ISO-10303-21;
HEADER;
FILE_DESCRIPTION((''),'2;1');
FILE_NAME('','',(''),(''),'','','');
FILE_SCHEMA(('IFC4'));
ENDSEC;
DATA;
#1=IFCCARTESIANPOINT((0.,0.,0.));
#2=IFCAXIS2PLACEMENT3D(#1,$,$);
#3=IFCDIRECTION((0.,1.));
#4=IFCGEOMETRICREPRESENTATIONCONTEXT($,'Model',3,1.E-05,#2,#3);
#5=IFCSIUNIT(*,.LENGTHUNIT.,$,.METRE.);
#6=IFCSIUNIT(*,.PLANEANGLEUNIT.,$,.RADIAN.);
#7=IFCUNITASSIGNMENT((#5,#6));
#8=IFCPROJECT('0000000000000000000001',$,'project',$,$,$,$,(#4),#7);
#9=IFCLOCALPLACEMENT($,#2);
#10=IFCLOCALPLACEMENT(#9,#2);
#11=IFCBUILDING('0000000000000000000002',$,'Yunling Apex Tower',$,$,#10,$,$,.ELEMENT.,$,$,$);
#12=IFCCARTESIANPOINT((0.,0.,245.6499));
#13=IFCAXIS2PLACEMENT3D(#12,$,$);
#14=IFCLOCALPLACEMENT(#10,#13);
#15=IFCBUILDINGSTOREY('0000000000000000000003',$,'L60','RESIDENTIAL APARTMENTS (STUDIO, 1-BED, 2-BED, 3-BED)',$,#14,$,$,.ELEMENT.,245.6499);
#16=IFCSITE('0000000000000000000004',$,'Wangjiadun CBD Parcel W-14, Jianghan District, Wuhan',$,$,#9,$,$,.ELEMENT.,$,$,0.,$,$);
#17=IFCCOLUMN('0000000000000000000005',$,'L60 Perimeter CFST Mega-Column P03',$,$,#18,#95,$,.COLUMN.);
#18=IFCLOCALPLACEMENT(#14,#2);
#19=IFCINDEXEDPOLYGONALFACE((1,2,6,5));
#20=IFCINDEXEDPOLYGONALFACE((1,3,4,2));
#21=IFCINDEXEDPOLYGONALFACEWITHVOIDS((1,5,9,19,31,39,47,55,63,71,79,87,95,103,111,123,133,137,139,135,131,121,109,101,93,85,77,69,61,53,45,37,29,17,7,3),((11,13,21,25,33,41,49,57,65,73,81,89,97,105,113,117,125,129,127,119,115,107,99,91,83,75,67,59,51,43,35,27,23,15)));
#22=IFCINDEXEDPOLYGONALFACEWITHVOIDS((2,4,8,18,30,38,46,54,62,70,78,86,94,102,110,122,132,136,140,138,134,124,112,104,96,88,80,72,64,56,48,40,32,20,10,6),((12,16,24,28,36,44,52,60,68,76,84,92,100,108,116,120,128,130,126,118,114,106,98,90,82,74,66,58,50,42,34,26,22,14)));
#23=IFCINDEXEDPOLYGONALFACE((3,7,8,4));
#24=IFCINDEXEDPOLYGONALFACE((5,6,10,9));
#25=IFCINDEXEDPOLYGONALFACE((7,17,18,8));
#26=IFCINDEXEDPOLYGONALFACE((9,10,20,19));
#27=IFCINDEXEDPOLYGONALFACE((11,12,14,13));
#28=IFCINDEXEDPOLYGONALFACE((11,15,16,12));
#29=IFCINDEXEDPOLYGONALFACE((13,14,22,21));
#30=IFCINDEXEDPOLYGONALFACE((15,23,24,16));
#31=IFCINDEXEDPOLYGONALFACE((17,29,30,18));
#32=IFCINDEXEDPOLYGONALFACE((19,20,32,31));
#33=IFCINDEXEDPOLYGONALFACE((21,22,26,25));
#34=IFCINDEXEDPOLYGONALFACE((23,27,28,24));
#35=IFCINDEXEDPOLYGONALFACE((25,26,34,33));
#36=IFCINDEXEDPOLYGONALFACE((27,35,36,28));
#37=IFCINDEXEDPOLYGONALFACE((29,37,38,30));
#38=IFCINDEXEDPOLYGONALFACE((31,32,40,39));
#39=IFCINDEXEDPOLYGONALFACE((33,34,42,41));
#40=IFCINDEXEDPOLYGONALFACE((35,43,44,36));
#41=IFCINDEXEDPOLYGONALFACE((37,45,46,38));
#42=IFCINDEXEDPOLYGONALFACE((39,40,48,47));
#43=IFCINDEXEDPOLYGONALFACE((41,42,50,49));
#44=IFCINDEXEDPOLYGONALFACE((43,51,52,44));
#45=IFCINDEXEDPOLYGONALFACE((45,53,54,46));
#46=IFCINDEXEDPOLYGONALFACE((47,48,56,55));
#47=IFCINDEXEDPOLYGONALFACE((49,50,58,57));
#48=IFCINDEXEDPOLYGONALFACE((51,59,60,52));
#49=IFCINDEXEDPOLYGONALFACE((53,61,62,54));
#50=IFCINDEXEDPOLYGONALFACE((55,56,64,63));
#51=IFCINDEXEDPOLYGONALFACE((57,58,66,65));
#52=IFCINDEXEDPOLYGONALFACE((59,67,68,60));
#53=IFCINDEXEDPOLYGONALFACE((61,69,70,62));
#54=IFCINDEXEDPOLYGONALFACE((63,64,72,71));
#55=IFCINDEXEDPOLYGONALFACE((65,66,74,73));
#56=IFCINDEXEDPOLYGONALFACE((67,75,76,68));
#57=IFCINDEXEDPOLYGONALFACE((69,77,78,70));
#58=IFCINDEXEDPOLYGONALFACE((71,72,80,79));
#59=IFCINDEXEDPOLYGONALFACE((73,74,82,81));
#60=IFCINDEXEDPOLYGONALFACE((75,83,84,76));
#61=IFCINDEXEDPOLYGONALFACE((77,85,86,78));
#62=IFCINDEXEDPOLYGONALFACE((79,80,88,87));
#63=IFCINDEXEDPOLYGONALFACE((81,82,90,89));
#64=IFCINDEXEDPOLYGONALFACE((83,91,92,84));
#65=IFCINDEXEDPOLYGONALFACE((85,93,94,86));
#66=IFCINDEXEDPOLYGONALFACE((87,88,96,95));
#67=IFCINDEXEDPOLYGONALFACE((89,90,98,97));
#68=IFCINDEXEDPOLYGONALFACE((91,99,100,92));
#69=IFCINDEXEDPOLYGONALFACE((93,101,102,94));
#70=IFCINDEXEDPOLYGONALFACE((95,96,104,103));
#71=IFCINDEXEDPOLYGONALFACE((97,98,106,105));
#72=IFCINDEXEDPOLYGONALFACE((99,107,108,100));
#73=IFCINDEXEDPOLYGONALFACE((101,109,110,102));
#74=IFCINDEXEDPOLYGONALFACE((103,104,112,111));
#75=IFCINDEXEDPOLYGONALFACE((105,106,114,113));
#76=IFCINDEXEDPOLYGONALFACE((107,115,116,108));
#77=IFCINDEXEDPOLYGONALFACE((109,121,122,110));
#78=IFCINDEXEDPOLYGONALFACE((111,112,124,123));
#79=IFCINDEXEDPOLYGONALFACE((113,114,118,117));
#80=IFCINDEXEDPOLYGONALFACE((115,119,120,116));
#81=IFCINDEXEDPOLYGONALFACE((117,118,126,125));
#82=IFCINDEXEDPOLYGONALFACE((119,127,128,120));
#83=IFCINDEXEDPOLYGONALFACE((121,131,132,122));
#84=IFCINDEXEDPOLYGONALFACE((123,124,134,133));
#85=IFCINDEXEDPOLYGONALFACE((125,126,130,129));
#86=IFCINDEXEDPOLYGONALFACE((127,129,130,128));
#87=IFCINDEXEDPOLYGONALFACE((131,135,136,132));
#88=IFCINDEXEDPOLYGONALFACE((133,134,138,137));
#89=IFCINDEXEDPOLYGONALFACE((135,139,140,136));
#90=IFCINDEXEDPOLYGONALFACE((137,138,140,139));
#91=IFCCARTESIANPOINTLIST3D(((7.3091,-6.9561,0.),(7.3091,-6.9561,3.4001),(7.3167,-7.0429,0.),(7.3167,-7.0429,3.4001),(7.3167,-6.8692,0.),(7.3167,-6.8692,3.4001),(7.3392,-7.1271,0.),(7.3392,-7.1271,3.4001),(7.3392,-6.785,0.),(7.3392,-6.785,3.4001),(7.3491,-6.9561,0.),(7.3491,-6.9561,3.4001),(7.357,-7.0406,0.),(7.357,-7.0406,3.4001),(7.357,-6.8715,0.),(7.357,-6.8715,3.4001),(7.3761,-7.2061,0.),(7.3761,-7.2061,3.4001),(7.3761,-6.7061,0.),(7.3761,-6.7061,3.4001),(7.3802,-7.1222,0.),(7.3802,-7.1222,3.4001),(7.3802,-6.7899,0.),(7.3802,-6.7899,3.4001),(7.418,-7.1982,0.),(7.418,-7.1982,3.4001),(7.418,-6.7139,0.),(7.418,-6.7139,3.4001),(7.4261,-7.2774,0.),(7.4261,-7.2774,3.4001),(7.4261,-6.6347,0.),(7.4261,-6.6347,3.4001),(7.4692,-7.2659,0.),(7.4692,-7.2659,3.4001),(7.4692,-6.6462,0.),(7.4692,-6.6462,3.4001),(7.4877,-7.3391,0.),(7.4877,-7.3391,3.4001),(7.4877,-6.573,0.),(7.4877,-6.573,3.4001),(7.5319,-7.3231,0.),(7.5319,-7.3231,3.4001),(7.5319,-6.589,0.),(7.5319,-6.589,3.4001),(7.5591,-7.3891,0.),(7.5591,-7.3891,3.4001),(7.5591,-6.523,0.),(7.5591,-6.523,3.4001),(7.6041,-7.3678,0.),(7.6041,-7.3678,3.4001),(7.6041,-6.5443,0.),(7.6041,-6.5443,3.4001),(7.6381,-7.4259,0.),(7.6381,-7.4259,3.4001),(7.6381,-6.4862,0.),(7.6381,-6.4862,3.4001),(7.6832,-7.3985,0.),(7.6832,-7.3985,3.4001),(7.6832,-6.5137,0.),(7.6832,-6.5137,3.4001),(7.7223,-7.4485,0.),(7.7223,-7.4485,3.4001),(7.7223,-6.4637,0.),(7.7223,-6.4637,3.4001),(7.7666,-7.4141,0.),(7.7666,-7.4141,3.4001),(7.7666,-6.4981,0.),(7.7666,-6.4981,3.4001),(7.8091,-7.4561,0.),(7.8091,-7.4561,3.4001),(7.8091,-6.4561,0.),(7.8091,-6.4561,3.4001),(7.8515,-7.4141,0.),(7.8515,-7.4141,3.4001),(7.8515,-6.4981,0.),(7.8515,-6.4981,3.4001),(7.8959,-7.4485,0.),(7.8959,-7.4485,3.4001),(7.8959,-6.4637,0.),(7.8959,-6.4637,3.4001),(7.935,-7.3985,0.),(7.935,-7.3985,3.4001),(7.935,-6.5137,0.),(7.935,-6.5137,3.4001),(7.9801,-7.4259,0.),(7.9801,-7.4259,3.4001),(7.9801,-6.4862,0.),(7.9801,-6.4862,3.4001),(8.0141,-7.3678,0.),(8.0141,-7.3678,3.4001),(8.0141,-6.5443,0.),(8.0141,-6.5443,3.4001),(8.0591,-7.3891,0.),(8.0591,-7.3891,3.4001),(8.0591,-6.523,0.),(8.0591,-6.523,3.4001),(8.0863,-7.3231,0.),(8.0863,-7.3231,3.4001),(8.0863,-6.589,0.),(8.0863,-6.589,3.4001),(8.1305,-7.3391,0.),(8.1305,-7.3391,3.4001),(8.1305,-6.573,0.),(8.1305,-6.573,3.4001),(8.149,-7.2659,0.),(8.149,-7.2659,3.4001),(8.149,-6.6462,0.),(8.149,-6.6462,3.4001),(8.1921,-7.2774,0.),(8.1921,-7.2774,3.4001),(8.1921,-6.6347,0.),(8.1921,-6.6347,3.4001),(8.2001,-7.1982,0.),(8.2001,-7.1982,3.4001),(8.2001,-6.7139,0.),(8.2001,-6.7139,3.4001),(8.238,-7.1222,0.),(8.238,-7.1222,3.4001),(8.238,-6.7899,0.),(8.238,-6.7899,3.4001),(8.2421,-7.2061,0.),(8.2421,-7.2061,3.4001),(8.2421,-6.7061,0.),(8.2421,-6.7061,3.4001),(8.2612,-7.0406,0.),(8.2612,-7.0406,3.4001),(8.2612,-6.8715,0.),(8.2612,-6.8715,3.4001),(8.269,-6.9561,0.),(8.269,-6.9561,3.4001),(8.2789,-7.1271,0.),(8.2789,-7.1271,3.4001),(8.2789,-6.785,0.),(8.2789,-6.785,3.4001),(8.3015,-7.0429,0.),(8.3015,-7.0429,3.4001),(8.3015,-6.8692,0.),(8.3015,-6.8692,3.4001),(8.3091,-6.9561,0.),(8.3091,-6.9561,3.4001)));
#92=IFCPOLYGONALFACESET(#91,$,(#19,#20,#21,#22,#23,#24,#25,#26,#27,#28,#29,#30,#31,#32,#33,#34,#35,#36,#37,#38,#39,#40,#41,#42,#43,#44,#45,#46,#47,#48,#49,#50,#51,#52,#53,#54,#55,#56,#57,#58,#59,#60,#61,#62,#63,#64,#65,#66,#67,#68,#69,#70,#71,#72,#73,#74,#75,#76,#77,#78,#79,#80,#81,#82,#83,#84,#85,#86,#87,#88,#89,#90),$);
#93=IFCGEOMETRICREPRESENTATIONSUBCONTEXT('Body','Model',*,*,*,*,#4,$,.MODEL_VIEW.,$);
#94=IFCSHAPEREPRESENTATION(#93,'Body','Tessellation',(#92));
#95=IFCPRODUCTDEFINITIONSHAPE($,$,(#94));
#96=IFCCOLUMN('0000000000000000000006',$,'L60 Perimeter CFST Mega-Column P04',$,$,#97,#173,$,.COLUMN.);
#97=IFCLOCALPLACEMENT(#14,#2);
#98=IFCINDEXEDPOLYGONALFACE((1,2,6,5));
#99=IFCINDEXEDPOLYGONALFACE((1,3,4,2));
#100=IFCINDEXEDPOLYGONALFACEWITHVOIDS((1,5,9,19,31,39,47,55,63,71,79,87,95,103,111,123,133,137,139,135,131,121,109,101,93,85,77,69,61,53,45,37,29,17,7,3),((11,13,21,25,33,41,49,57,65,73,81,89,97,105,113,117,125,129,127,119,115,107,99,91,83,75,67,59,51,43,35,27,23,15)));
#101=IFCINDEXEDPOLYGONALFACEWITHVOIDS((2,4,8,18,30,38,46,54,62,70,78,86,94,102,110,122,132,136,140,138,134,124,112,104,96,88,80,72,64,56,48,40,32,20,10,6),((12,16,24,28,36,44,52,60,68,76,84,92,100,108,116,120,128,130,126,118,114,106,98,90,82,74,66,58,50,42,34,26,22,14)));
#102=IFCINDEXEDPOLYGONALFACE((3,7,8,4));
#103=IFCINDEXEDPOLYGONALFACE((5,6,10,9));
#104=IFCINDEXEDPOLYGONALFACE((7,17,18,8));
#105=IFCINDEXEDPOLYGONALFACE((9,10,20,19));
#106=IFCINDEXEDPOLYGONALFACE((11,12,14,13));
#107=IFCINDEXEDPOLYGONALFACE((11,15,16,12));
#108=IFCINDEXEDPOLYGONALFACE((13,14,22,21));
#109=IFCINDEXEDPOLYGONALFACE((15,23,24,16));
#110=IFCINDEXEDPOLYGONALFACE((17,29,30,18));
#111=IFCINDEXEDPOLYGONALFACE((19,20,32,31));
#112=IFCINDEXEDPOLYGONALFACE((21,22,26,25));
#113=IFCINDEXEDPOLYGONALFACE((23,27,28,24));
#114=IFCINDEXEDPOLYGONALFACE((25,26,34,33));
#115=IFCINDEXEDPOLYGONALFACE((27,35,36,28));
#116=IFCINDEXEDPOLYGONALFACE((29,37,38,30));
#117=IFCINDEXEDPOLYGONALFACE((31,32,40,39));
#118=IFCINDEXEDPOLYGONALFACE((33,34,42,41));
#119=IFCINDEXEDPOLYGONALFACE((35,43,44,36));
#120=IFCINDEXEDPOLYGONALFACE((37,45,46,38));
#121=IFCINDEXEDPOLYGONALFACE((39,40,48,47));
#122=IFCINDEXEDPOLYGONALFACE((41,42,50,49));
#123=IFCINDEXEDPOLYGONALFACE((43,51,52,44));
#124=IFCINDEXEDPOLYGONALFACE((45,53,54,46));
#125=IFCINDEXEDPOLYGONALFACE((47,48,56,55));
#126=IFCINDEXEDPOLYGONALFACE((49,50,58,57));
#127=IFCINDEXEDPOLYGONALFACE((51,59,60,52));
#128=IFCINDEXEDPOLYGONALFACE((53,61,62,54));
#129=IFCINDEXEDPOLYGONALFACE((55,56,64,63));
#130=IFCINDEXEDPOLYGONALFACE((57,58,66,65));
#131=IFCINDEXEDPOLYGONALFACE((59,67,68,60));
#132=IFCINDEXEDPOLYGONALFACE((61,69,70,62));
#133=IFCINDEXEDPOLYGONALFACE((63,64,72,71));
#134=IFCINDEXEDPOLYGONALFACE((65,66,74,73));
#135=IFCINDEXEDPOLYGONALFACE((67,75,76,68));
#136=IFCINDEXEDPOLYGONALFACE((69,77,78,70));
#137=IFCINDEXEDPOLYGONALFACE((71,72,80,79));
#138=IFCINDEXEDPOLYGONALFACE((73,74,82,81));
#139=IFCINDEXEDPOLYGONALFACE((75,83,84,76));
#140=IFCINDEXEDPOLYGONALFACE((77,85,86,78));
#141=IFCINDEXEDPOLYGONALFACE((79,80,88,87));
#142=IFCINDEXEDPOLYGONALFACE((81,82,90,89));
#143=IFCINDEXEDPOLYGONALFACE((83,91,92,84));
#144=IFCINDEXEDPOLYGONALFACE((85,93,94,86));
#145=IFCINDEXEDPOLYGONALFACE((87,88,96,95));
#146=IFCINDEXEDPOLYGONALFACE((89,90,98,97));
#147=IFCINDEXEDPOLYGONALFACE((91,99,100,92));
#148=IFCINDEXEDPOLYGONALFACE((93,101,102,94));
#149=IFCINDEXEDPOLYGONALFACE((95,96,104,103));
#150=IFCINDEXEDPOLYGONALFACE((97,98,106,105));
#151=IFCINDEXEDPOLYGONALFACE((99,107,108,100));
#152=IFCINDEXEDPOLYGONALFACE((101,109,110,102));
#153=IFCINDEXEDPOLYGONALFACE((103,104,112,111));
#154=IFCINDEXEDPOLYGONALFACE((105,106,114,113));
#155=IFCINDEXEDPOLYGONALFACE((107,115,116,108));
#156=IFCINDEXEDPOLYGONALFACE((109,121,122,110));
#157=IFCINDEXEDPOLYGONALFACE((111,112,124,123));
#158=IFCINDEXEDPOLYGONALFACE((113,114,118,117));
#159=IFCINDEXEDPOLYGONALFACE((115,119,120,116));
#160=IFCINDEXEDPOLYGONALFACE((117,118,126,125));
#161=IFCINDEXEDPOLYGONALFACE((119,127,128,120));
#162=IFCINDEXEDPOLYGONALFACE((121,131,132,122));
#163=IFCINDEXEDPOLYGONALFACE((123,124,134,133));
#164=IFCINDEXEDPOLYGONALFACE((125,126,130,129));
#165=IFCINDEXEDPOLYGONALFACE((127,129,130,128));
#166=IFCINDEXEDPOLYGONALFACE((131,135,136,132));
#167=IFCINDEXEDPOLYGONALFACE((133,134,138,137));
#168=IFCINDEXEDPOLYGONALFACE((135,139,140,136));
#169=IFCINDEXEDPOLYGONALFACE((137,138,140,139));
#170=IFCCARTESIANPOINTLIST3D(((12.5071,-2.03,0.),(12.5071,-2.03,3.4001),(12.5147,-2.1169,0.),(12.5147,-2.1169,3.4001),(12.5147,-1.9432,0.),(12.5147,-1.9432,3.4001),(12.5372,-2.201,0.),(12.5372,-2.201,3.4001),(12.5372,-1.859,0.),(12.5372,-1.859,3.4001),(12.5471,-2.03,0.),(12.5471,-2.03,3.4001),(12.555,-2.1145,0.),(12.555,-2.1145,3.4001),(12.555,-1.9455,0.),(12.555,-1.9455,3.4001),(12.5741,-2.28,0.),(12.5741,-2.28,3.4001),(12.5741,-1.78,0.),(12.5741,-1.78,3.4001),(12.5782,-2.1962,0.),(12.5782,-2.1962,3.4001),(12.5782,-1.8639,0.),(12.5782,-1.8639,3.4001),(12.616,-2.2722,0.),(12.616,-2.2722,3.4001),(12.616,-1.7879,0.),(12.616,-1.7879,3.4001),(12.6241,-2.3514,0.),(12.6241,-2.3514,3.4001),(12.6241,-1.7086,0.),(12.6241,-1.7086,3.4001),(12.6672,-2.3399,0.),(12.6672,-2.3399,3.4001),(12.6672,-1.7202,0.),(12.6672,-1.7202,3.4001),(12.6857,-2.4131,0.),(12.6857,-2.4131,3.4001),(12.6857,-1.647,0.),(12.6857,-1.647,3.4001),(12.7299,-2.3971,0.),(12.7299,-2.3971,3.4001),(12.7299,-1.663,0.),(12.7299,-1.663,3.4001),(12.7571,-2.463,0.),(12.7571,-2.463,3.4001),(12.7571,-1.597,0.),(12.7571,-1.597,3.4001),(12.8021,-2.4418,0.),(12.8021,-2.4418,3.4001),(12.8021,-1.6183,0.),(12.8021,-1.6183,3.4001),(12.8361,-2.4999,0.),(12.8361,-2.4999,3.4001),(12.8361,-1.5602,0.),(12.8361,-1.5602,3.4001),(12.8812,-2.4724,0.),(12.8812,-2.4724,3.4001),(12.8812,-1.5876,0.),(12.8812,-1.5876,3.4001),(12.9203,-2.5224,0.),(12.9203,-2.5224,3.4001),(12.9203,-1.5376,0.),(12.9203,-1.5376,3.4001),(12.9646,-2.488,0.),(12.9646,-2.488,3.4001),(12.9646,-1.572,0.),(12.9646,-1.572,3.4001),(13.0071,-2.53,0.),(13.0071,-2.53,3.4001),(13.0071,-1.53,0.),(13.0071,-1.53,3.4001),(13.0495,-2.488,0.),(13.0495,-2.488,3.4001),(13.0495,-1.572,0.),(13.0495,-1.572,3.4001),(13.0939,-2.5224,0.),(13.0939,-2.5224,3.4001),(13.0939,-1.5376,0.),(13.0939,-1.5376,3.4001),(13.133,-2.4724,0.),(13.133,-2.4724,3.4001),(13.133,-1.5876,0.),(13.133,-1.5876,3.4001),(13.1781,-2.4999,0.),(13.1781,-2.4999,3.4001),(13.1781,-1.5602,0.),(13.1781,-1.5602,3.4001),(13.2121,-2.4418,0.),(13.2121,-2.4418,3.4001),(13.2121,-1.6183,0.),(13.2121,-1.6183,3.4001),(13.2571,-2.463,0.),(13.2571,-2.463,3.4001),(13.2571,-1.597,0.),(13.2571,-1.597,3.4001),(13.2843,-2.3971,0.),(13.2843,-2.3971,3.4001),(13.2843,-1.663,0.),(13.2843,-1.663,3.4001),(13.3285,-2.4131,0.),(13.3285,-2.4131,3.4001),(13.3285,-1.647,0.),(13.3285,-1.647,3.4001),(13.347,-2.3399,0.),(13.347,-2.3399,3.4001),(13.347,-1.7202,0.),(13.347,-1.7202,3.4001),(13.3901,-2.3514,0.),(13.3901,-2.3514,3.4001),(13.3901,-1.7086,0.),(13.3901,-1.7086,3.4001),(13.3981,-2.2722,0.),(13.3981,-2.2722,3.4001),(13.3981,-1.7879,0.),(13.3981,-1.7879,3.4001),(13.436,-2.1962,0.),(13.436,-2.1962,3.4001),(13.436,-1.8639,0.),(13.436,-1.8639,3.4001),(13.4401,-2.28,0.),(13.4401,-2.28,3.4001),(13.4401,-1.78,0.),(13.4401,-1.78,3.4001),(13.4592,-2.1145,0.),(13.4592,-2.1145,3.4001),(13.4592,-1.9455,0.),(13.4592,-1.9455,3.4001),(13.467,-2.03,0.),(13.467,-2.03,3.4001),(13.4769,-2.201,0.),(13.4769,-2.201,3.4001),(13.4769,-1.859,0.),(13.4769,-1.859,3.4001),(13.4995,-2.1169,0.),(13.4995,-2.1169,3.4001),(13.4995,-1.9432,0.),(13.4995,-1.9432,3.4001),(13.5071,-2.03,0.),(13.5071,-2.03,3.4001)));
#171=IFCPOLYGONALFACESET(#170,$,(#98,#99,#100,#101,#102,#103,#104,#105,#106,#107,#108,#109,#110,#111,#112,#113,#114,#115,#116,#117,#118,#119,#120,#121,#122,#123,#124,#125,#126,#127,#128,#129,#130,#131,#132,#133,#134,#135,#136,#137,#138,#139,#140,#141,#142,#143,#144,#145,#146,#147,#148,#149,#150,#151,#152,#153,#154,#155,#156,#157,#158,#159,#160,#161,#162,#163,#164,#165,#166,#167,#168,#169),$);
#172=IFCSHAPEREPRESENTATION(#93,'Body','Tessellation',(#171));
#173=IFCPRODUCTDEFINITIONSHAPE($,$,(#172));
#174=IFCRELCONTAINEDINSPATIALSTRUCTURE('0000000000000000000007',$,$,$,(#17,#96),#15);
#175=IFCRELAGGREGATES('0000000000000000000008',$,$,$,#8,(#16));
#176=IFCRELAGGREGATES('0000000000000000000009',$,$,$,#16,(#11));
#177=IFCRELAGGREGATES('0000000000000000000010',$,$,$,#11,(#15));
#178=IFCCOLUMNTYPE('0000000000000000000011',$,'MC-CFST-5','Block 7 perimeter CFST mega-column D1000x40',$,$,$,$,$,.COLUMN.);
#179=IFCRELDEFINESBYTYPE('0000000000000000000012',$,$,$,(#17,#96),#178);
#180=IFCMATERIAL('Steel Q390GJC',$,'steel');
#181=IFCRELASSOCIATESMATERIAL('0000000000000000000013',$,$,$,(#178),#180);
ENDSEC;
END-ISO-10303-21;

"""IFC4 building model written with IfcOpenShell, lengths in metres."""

from ifc_helpers import new_model, si_unit, direction, frame, origin, origin_2d, place, context, subcontext, project, spatial, hollow_circle, extrude, source, transform, mapped, material, material_profile, profile_set, type_object, element, save


model = new_model("IFC4")

# Units and contexts
model_context = context("Model", 3, precision=1e-05, world=origin(), true_north=direction((0.0, 1.0)))
body_context = subcontext(model_context, "Body", "Model", "MODEL_VIEW")
ifc_project = project(units=[si_unit("LENGTHUNIT", "METRE"), si_unit("PLANEANGLEUNIT", "RADIAN")], contexts=[model_context])

# Site, building, storey
site_placement = place(None, origin())
site = spatial("IfcSite", under=ifc_project, at=site_placement, Name="Wangjiadun CBD Parcel W-14, Jianghan District, Wuhan", CompositionType="ELEMENT", RefElevation=0.0)
building_placement = place(site_placement, origin())
building = spatial("IfcBuilding", under=site, at=building_placement, Name="Yunling Apex Tower", CompositionType="ELEMENT")
storey_placement = place(building_placement, frame((0.0, 0.0, 245.6499)))
storey = spatial("IfcBuildingStorey", under=building, at=storey_placement, Name="L60", Description="RESIDENTIAL APARTMENTS (STUDIO, 1-BED, 2-BED, 3-BED)", CompositionType="ELEMENT", Elevation=245.6499)

# Columns
ifc_material_1 = material(Name="Steel Q390GJC", Category="steel")
ifc_material_profile_1 = material_profile(ifc_material_1, hollow_circle(Radius=0.5, WallThickness=0.04, at=origin_2d()))
ifc_profile_set_1 = profile_set([ifc_material_profile_1], Name="Steel Q390GJC")
column_type = type_object("IfcColumnType", Name="MC-CFST-5", Description="Block 7 perimeter CFST mega-column D1000x40", PredefinedType="COLUMN", material=ifc_profile_set_1)
shared_shape_1 = source(origin(), body_context, "Body", "SweptSolid", [
    extrude(hollow_circle(Radius=0.5, WallThickness=0.04, at=origin_2d()), origin(), (0.0, 0.0, 1.0), 3.4001),
])
for number, where, z_axis, x_axis, name in (
    (1, (7.8091, -6.9561, 0.0), (0.0, 0.0, 1.0), (1.0, 0.0, 0.0), "L60 Perimeter CFST Mega-Column P03"),
    (2, (13.0071, -2.03, 0.0), (0.0, 0.0, 1.0), (1.0, 0.0, 0.0), "L60 Perimeter CFST Mega-Column P04"),
):
    element("IfcColumn", number, at=place(storey_placement, frame(where, z_axis=z_axis, x_axis=x_axis)), inside=storey, type_object=column_type, Name=name, PredefinedType="COLUMN", context=body_context, shape_type="MappedRepresentation", body=[
        mapped(shared_shape_1, transform((0.0, 0.0, 0.0), scale=1.0)),
    ])

save(model, "model.ifc")
